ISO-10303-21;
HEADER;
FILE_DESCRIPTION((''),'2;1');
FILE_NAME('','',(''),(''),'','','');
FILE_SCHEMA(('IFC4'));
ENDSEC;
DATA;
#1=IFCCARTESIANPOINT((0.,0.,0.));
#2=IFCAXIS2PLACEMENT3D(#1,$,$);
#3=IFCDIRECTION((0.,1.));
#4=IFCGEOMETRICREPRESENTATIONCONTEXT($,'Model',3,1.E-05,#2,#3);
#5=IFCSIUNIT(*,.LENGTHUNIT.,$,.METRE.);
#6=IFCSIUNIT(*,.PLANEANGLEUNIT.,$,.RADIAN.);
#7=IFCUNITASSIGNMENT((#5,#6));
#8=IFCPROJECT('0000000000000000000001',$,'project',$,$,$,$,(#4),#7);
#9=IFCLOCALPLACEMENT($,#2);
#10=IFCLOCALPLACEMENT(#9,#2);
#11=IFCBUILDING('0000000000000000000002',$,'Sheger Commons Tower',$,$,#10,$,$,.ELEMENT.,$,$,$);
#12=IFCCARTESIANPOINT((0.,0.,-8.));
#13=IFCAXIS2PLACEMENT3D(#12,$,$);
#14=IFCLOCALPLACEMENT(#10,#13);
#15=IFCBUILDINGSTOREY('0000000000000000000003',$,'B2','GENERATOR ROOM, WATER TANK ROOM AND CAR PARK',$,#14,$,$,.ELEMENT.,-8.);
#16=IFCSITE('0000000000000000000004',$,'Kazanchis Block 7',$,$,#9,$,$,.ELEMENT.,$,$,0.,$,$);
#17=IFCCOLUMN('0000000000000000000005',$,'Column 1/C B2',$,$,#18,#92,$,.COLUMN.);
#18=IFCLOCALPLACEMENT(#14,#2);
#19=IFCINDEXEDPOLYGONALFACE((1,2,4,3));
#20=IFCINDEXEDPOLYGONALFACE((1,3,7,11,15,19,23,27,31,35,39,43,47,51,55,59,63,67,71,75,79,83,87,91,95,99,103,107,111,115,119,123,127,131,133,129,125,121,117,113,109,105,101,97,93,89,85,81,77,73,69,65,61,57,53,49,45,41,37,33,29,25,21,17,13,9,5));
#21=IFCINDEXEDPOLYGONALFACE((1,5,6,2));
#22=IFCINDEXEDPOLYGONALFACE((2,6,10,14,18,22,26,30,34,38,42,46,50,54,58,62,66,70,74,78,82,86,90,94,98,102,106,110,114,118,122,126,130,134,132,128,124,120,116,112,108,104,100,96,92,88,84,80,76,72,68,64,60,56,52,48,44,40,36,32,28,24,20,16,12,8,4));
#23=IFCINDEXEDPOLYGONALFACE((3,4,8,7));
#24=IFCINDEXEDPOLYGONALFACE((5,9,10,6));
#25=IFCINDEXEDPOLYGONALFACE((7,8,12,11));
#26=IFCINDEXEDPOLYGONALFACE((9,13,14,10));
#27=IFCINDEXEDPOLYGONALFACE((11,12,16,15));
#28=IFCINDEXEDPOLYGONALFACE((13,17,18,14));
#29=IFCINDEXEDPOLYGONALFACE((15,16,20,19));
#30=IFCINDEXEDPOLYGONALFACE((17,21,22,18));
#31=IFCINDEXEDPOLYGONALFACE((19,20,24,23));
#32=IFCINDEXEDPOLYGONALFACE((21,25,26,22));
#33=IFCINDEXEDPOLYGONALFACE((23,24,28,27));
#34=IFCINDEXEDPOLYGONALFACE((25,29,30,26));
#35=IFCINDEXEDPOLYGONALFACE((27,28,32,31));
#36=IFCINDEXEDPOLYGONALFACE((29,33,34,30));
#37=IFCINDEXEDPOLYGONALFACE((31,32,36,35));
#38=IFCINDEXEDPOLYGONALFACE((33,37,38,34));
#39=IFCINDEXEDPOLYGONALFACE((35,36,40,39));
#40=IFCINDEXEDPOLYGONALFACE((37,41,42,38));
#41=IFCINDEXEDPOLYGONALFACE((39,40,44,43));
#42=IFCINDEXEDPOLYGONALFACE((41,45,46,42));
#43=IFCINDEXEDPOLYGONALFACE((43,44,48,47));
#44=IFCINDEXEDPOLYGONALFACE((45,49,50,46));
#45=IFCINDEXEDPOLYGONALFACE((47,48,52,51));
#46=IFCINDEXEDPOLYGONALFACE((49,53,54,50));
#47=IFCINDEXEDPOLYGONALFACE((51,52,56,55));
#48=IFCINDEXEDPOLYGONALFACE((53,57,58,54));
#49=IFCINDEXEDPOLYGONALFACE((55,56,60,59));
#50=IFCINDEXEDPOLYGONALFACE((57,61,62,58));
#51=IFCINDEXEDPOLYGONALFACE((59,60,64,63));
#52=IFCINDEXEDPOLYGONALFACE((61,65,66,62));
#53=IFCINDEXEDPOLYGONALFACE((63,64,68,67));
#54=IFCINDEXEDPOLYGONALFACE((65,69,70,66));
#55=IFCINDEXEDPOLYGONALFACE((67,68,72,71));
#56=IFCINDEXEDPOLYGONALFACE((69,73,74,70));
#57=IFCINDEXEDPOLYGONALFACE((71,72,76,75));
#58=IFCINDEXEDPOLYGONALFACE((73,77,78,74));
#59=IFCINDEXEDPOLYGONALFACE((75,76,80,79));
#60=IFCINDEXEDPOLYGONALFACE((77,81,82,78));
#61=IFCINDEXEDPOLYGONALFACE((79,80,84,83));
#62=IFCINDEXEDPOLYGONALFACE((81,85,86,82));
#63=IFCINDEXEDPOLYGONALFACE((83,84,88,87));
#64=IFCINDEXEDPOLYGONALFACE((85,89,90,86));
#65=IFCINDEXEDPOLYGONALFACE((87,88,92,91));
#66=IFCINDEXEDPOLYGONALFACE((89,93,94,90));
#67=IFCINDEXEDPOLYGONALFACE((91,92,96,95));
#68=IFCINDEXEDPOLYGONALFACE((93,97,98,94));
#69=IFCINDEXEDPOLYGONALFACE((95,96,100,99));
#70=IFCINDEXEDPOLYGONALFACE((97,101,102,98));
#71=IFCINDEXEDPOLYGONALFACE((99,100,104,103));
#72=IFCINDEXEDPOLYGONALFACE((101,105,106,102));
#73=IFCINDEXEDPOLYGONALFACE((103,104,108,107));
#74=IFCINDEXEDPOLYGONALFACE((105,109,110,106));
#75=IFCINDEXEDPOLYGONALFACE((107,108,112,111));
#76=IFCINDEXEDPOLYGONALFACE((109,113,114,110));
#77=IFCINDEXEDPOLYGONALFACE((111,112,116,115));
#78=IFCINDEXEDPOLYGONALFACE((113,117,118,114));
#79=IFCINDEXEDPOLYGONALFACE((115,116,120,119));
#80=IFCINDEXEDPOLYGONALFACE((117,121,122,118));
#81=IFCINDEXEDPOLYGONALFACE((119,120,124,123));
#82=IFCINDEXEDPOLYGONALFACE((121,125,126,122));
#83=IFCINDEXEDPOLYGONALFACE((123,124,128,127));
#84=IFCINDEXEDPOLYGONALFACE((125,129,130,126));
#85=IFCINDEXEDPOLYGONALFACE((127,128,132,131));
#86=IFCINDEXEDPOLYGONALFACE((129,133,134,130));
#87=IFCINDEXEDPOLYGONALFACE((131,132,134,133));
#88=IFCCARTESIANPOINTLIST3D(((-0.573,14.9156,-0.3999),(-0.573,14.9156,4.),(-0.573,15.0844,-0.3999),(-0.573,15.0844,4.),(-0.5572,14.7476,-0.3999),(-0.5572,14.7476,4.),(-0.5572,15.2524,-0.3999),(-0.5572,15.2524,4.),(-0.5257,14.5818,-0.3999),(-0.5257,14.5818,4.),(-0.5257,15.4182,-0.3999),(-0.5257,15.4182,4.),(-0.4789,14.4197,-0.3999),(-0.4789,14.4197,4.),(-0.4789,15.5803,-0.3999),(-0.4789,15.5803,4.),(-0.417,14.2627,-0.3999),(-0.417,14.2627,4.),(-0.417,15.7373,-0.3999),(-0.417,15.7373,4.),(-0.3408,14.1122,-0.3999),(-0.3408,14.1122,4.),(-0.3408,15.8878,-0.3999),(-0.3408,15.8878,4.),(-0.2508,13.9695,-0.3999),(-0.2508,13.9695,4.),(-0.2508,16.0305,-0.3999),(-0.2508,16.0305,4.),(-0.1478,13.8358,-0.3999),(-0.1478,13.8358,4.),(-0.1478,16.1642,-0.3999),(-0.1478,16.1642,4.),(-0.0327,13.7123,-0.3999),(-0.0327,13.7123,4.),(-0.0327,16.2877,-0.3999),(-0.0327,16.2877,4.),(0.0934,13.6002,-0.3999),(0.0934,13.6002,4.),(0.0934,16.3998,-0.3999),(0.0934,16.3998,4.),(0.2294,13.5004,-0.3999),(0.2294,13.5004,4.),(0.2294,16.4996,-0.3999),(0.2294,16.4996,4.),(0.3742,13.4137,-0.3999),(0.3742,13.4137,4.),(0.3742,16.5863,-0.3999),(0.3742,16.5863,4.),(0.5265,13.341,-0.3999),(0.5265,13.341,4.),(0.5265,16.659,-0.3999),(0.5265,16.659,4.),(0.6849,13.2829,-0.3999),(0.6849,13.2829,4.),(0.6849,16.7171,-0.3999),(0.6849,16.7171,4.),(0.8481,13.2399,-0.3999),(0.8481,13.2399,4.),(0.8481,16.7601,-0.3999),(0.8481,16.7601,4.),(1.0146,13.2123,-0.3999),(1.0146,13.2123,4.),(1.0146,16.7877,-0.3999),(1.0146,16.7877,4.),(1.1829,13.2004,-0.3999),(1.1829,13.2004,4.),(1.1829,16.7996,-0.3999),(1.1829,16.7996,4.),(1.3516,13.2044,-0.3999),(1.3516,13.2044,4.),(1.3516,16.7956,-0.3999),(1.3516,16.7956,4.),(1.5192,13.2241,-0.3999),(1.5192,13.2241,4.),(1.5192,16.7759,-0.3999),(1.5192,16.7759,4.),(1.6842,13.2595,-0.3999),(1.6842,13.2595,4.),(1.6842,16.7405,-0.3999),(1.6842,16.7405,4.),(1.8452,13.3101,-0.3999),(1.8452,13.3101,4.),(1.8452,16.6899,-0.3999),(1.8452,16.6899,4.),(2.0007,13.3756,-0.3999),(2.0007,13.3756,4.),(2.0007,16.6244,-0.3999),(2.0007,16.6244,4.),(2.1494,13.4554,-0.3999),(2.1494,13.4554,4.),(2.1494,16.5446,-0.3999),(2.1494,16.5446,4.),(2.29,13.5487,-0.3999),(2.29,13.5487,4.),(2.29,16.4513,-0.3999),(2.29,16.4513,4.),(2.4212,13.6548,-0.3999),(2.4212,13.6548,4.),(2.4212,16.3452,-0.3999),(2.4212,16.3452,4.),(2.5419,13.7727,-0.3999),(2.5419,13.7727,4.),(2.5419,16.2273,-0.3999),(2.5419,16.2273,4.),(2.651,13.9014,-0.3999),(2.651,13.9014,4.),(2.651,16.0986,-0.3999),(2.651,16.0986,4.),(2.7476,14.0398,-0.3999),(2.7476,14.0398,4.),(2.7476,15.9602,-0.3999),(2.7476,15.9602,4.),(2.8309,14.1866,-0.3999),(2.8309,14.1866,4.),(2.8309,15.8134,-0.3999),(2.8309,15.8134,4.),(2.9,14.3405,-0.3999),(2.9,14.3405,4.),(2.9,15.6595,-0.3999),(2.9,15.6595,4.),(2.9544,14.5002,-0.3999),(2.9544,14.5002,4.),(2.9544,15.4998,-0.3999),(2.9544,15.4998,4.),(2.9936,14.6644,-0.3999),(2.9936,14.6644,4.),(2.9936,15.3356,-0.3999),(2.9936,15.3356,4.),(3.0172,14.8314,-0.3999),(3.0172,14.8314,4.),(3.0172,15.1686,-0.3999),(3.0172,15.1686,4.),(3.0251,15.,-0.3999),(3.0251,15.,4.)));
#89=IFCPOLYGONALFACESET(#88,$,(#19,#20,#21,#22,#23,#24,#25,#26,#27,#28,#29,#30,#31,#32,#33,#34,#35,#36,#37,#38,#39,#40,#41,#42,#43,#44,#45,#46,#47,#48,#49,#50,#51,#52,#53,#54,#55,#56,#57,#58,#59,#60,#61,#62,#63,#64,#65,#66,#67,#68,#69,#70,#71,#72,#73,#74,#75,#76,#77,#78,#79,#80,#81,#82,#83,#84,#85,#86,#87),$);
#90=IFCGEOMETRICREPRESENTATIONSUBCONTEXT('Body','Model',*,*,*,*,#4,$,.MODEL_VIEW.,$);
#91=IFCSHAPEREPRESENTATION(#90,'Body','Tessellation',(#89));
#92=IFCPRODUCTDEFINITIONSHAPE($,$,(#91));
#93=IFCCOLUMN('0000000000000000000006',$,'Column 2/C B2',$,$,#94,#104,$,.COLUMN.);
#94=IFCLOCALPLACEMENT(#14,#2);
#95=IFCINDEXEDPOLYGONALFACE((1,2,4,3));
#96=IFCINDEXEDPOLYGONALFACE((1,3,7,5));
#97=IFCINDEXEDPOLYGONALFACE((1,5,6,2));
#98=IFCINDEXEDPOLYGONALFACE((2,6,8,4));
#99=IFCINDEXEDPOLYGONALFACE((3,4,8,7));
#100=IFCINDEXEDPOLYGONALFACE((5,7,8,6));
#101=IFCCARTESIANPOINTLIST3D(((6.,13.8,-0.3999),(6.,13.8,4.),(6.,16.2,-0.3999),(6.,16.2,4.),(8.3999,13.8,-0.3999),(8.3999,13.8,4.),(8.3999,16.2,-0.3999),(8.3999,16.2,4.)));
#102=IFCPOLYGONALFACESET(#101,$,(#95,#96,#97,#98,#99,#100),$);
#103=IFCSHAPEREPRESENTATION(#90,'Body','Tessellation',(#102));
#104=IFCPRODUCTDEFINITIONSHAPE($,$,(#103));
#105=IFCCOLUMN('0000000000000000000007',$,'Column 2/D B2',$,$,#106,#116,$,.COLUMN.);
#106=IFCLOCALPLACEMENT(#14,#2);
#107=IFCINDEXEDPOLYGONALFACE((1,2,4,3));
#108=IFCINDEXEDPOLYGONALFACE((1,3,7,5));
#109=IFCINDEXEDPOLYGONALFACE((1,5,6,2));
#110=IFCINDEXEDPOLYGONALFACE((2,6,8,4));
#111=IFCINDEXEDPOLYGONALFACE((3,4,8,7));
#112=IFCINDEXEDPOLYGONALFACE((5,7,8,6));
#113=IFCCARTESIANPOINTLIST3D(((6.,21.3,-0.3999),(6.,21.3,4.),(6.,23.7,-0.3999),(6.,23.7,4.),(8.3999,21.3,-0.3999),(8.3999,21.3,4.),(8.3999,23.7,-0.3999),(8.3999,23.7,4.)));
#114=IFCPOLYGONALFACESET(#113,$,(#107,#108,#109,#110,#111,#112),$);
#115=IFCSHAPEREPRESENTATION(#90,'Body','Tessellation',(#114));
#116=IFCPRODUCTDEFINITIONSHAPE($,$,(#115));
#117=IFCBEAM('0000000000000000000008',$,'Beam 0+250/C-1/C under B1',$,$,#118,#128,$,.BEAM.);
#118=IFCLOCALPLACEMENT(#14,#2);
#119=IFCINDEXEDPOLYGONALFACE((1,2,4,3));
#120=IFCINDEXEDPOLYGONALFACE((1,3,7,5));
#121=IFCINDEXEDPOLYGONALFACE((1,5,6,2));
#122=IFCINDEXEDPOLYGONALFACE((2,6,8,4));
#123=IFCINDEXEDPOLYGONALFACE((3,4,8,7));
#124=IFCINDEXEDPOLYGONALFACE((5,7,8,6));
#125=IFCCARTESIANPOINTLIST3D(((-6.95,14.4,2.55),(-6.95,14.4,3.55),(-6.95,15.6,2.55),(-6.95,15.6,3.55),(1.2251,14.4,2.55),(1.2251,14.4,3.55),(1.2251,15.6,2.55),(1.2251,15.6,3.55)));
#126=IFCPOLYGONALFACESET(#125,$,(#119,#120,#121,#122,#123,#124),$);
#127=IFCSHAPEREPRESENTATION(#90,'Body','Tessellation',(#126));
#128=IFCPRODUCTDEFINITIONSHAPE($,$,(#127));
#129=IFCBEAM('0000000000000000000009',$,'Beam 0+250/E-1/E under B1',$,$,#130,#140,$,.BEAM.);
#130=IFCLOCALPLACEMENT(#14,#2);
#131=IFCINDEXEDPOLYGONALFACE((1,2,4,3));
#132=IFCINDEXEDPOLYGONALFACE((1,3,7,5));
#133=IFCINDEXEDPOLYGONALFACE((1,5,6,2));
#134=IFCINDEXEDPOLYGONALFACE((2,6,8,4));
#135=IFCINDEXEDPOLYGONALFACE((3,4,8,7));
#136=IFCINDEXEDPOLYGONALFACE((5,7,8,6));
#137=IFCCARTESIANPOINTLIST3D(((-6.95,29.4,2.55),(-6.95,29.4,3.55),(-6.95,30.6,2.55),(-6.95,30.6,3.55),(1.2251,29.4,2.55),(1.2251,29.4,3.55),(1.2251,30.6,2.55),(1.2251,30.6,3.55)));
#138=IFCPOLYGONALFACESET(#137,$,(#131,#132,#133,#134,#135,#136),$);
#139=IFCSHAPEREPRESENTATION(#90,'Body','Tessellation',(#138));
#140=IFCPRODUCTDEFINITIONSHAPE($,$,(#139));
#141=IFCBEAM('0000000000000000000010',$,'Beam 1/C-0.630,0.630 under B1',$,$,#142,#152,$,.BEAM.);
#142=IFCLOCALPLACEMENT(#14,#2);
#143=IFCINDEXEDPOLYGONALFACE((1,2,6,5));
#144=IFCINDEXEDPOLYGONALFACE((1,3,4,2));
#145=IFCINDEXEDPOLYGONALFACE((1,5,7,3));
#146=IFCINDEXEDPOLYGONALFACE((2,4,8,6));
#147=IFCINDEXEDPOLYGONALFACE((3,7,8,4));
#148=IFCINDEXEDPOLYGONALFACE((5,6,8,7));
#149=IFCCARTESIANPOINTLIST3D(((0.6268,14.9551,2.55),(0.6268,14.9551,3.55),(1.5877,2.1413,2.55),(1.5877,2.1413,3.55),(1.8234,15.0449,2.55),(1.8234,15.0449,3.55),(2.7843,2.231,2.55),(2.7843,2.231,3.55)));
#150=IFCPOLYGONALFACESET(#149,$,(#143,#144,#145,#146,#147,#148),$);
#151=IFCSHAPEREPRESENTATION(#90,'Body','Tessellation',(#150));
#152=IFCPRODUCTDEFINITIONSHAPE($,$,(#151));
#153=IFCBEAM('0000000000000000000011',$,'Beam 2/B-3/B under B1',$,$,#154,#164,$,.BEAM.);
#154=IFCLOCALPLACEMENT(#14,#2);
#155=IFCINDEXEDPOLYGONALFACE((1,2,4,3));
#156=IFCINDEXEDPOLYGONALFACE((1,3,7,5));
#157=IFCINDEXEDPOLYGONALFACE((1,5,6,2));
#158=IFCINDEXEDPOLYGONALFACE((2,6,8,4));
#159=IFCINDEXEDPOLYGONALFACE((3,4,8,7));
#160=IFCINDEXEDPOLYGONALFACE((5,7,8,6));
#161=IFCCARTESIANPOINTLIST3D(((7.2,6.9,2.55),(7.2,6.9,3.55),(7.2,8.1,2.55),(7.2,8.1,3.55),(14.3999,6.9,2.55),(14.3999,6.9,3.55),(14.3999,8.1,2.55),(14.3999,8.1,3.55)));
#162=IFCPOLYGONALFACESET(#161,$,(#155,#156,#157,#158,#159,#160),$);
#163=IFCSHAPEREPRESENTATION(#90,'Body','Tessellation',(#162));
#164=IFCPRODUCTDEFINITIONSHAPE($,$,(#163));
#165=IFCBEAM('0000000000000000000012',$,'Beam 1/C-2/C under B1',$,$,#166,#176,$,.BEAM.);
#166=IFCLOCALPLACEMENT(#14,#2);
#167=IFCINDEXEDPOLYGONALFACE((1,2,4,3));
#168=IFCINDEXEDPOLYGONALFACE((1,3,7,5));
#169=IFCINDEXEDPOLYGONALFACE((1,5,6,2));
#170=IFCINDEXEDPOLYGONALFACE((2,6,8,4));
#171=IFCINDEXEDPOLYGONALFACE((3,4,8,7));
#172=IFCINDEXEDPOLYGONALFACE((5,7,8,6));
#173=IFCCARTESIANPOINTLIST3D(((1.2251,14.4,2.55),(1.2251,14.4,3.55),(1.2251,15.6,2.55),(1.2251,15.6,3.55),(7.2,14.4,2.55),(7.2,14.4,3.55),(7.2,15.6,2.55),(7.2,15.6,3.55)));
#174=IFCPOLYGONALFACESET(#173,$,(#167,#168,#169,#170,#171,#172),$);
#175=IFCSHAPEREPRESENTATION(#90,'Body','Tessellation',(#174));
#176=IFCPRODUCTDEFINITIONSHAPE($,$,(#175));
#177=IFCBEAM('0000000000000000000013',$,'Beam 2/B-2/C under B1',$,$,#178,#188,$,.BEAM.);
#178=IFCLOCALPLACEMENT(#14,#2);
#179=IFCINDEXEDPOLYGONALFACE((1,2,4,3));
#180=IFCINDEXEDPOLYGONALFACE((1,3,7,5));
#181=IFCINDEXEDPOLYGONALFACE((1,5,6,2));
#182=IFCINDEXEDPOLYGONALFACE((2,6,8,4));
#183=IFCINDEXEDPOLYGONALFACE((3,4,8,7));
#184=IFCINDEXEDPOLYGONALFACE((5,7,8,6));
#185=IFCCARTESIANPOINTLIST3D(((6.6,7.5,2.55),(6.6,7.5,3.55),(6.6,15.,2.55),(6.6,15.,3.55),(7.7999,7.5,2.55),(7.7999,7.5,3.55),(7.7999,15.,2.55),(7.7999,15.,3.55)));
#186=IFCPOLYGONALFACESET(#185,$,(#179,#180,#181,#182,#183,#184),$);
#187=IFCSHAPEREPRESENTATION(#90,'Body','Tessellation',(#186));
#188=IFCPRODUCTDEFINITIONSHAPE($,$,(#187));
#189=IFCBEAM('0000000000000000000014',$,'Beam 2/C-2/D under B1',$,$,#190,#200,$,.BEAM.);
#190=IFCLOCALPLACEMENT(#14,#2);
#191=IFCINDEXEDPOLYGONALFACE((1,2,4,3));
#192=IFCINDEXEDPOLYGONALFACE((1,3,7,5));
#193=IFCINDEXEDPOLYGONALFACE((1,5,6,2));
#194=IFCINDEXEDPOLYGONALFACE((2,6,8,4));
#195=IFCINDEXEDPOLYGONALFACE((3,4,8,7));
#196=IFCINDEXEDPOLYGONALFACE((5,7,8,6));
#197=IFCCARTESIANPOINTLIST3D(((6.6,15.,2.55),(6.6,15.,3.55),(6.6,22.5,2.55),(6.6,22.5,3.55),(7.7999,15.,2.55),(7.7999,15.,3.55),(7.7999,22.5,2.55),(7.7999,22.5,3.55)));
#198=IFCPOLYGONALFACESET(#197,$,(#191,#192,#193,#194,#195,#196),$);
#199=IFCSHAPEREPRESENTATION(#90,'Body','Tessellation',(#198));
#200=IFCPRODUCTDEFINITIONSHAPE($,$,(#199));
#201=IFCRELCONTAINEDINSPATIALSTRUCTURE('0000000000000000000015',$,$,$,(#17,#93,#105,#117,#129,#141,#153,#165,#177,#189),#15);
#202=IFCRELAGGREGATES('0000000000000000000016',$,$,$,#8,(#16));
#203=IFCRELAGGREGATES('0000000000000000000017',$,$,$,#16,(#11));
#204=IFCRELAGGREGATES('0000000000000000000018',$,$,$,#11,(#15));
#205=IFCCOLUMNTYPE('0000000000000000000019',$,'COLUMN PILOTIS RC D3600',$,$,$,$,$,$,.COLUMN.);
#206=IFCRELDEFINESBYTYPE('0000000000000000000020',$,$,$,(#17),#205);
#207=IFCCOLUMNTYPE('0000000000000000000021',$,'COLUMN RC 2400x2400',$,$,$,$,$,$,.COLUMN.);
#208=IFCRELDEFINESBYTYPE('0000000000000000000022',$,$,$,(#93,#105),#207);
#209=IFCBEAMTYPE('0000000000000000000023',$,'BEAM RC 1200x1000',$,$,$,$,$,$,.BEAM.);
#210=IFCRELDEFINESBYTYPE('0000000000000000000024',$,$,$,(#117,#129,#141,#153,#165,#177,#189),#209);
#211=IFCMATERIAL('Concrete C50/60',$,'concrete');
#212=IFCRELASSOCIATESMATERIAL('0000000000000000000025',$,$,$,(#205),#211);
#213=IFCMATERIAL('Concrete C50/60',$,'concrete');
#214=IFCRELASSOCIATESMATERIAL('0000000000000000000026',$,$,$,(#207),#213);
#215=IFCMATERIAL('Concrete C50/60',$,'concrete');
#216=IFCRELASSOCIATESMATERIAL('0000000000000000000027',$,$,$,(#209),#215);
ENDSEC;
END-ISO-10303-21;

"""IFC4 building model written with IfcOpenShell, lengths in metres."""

from ifc_helpers import new_model, si_unit, direction, frame, origin, origin_2d, place, context, subcontext, project, spatial, rectangle, circle, extrude, material, material_profile, profile_set, type_object, element, save


model = new_model("IFC4")

# Units and contexts
model_context = context("Model", 3, precision=1e-05, world=origin(), true_north=direction((0.0, 1.0)))
body_context = subcontext(model_context, "Body", "Model", "MODEL_VIEW")
ifc_project = project(units=[si_unit("LENGTHUNIT", "METRE"), si_unit("PLANEANGLEUNIT", "RADIAN")], contexts=[model_context])

# Site, building, storey
site_placement = place(None, origin())
site = spatial("IfcSite", under=ifc_project, at=site_placement, Name="Kazanchis Block 7", CompositionType="ELEMENT", RefElevation=0.0)
building_placement = place(site_placement, origin())
building = spatial("IfcBuilding", under=site, at=building_placement, Name="Sheger Commons Tower", CompositionType="ELEMENT")
storey_placement = place(building_placement, frame((0.0, 0.0, -8.0)))
storey = spatial("IfcBuildingStorey", under=building, at=storey_placement, Name="B2", Description="GENERATOR ROOM, WATER TANK ROOM AND CAR PARK", CompositionType="ELEMENT", Elevation=-8.0)

# Columns
ifc_material_1 = material(Name="Concrete C50/60", Category="concrete")
ifc_material_profile_1 = material_profile(ifc_material_1, circle(Radius=1.8, at=origin_2d()), Name="RC D3600")
ifc_profile_set_1 = profile_set([ifc_material_profile_1], Name="Concrete C50/60")
column_type_1 = type_object("IfcColumnType", Name="COLUMN PILOTIS RC D3600", PredefinedType="COLUMN", material=ifc_profile_set_1)
column_placement = place(storey_placement, frame((1.2251, 15.0, -0.3999), z_axis=(0.0, 0.0, 1.0), x_axis=(1.0, 0.0, 0.0)))
element("IfcColumn", 1, at=column_placement, inside=storey, type_object=column_type_1, Name="Column 1/C B2", PredefinedType="COLUMN", context=body_context, shape_type="SweptSolid", body=[
    extrude(circle(Radius=1.8, at=origin_2d()), origin(), (0.0, 0.0, 1.0), 4.3999),
])
ifc_material_2 = material(Name="Concrete C50/60", Category="concrete")
ifc_material_profile_2 = material_profile(ifc_material_2, rectangle(XDim=2.3999, YDim=2.3999, at=origin_2d()), Name="RC 2400x2400")
ifc_profile_set_2 = profile_set([ifc_material_profile_2], Name="Concrete C50/60")
column_type_2 = type_object("IfcColumnType", Name="COLUMN RC 2400x2400", PredefinedType="COLUMN", material=ifc_profile_set_2)
for number, where, z_axis, x_axis, name in (
    (2, (7.2, 15.0, -0.3999), (0.0, 0.0, 1.0), (1.0, 0.0, 0.0), "Column 2/C B2"),
    (3, (7.2, 22.5, -0.3999), (0.0, 0.0, 1.0), (1.0, 0.0, 0.0), "Column 2/D B2"),
):
    element("IfcColumn", number, at=place(storey_placement, frame(where, z_axis=z_axis, x_axis=x_axis)), inside=storey, type_object=column_type_2, Name=name, PredefinedType="COLUMN", context=body_context, shape_type="SweptSolid", body=[
        extrude(rectangle(XDim=2.3999, YDim=2.3999, at=origin_2d()), origin(), (0.0, 0.0, 1.0), 4.3999),
    ])

# Beams
ifc_material_3 = material(Name="Concrete C50/60", Category="concrete")
ifc_material_profile_3 = material_profile(ifc_material_3, rectangle(XDim=1.2, YDim=1.0, at=origin_2d()), Name="RC 1200x1000")
ifc_profile_set_3 = profile_set([ifc_material_profile_3], Name="Concrete C50/60")
beam_type = type_object("IfcBeamType", Name="BEAM RC 1200x1000", PredefinedType="BEAM", material=ifc_profile_set_3)
for number, where, z_axis, x_axis, name in (
    (4, (-6.95, 15.0, 3.05), (1.0, 0.0, 0.0), (0.0, 1.0, 0.0), "Beam 0+250/C-1/C under B1"),
    (5, (-6.95, 30.0, 3.05), (1.0, 0.0, 0.0), (0.0, 1.0, 0.0), "Beam 0+250/E-1/E under B1"),
):
    element("IfcBeam", number, at=place(storey_placement, frame(where, z_axis=z_axis, x_axis=x_axis)), inside=storey, type_object=beam_type, Name=name, PredefinedType="BEAM", context=body_context, shape_type="SweptSolid", body=[
        extrude(rectangle(XDim=1.2, YDim=1.0, at=origin_2d()), origin(), (0.0, 0.0, 1.0), 8.175),
    ])
beam_1_placement = place(storey_placement, frame((1.2251, 15.0, 3.05), z_axis=(0.074781, -0.9972, 0.0), x_axis=(0.9972, 0.074781, 0.0)))
element("IfcBeam", 6, at=beam_1_placement, inside=storey, type_object=beam_type, Name="Beam 1/C-0.630,0.630 under B1", PredefinedType="BEAM", context=body_context, shape_type="SweptSolid", body=[
    extrude(rectangle(XDim=1.2, YDim=1.0, at=origin_2d()), origin(), (0.0, 0.0, 1.0), 12.8499),
])
beam_2_placement = place(storey_placement, frame((7.2, 7.5, 3.05), z_axis=(1.0, 0.0, 0.0), x_axis=(0.0, 1.0, 0.0)))
element("IfcBeam", 7, at=beam_2_placement, inside=storey, type_object=beam_type, Name="Beam 2/B-3/B under B1", PredefinedType="BEAM", context=body_context, shape_type="SweptSolid", body=[
    extrude(rectangle(XDim=1.2, YDim=1.0, at=origin_2d()), origin(), (0.0, 0.0, 1.0), 7.2),
])
beam_3_placement = place(storey_placement, frame((1.2251, 15.0, 3.05), z_axis=(1.0, 0.0, 0.0), x_axis=(0.0, 1.0, 0.0)))
element("IfcBeam", 8, at=beam_3_placement, inside=storey, type_object=beam_type, Name="Beam 1/C-2/C under B1", PredefinedType="BEAM", context=body_context, shape_type="SweptSolid", body=[
    extrude(rectangle(XDim=1.2, YDim=1.0, at=origin_2d()), origin(), (0.0, 0.0, 1.0), 5.9749),
])
for number, where, z_axis, x_axis, name in (
    (9, (7.2, 7.5, 3.05), (0.0, 1.0, 0.0), (-1.0, 0.0, 0.0), "Beam 2/B-2/C under B1"),
    (10, (7.2, 15.0, 3.05), (0.0, 1.0, 0.0), (-1.0, 0.0, 0.0), "Beam 2/C-2/D under B1"),
):
    element("IfcBeam", number, at=place(storey_placement, frame(where, z_axis=z_axis, x_axis=x_axis)), inside=storey, type_object=beam_type, Name=name, PredefinedType="BEAM", context=body_context, shape_type="SweptSolid", body=[
        extrude(rectangle(XDim=1.2, YDim=1.0, at=origin_2d()), origin(), (0.0, 0.0, 1.0), 7.5),
    ])

save(model, "model.ifc")
